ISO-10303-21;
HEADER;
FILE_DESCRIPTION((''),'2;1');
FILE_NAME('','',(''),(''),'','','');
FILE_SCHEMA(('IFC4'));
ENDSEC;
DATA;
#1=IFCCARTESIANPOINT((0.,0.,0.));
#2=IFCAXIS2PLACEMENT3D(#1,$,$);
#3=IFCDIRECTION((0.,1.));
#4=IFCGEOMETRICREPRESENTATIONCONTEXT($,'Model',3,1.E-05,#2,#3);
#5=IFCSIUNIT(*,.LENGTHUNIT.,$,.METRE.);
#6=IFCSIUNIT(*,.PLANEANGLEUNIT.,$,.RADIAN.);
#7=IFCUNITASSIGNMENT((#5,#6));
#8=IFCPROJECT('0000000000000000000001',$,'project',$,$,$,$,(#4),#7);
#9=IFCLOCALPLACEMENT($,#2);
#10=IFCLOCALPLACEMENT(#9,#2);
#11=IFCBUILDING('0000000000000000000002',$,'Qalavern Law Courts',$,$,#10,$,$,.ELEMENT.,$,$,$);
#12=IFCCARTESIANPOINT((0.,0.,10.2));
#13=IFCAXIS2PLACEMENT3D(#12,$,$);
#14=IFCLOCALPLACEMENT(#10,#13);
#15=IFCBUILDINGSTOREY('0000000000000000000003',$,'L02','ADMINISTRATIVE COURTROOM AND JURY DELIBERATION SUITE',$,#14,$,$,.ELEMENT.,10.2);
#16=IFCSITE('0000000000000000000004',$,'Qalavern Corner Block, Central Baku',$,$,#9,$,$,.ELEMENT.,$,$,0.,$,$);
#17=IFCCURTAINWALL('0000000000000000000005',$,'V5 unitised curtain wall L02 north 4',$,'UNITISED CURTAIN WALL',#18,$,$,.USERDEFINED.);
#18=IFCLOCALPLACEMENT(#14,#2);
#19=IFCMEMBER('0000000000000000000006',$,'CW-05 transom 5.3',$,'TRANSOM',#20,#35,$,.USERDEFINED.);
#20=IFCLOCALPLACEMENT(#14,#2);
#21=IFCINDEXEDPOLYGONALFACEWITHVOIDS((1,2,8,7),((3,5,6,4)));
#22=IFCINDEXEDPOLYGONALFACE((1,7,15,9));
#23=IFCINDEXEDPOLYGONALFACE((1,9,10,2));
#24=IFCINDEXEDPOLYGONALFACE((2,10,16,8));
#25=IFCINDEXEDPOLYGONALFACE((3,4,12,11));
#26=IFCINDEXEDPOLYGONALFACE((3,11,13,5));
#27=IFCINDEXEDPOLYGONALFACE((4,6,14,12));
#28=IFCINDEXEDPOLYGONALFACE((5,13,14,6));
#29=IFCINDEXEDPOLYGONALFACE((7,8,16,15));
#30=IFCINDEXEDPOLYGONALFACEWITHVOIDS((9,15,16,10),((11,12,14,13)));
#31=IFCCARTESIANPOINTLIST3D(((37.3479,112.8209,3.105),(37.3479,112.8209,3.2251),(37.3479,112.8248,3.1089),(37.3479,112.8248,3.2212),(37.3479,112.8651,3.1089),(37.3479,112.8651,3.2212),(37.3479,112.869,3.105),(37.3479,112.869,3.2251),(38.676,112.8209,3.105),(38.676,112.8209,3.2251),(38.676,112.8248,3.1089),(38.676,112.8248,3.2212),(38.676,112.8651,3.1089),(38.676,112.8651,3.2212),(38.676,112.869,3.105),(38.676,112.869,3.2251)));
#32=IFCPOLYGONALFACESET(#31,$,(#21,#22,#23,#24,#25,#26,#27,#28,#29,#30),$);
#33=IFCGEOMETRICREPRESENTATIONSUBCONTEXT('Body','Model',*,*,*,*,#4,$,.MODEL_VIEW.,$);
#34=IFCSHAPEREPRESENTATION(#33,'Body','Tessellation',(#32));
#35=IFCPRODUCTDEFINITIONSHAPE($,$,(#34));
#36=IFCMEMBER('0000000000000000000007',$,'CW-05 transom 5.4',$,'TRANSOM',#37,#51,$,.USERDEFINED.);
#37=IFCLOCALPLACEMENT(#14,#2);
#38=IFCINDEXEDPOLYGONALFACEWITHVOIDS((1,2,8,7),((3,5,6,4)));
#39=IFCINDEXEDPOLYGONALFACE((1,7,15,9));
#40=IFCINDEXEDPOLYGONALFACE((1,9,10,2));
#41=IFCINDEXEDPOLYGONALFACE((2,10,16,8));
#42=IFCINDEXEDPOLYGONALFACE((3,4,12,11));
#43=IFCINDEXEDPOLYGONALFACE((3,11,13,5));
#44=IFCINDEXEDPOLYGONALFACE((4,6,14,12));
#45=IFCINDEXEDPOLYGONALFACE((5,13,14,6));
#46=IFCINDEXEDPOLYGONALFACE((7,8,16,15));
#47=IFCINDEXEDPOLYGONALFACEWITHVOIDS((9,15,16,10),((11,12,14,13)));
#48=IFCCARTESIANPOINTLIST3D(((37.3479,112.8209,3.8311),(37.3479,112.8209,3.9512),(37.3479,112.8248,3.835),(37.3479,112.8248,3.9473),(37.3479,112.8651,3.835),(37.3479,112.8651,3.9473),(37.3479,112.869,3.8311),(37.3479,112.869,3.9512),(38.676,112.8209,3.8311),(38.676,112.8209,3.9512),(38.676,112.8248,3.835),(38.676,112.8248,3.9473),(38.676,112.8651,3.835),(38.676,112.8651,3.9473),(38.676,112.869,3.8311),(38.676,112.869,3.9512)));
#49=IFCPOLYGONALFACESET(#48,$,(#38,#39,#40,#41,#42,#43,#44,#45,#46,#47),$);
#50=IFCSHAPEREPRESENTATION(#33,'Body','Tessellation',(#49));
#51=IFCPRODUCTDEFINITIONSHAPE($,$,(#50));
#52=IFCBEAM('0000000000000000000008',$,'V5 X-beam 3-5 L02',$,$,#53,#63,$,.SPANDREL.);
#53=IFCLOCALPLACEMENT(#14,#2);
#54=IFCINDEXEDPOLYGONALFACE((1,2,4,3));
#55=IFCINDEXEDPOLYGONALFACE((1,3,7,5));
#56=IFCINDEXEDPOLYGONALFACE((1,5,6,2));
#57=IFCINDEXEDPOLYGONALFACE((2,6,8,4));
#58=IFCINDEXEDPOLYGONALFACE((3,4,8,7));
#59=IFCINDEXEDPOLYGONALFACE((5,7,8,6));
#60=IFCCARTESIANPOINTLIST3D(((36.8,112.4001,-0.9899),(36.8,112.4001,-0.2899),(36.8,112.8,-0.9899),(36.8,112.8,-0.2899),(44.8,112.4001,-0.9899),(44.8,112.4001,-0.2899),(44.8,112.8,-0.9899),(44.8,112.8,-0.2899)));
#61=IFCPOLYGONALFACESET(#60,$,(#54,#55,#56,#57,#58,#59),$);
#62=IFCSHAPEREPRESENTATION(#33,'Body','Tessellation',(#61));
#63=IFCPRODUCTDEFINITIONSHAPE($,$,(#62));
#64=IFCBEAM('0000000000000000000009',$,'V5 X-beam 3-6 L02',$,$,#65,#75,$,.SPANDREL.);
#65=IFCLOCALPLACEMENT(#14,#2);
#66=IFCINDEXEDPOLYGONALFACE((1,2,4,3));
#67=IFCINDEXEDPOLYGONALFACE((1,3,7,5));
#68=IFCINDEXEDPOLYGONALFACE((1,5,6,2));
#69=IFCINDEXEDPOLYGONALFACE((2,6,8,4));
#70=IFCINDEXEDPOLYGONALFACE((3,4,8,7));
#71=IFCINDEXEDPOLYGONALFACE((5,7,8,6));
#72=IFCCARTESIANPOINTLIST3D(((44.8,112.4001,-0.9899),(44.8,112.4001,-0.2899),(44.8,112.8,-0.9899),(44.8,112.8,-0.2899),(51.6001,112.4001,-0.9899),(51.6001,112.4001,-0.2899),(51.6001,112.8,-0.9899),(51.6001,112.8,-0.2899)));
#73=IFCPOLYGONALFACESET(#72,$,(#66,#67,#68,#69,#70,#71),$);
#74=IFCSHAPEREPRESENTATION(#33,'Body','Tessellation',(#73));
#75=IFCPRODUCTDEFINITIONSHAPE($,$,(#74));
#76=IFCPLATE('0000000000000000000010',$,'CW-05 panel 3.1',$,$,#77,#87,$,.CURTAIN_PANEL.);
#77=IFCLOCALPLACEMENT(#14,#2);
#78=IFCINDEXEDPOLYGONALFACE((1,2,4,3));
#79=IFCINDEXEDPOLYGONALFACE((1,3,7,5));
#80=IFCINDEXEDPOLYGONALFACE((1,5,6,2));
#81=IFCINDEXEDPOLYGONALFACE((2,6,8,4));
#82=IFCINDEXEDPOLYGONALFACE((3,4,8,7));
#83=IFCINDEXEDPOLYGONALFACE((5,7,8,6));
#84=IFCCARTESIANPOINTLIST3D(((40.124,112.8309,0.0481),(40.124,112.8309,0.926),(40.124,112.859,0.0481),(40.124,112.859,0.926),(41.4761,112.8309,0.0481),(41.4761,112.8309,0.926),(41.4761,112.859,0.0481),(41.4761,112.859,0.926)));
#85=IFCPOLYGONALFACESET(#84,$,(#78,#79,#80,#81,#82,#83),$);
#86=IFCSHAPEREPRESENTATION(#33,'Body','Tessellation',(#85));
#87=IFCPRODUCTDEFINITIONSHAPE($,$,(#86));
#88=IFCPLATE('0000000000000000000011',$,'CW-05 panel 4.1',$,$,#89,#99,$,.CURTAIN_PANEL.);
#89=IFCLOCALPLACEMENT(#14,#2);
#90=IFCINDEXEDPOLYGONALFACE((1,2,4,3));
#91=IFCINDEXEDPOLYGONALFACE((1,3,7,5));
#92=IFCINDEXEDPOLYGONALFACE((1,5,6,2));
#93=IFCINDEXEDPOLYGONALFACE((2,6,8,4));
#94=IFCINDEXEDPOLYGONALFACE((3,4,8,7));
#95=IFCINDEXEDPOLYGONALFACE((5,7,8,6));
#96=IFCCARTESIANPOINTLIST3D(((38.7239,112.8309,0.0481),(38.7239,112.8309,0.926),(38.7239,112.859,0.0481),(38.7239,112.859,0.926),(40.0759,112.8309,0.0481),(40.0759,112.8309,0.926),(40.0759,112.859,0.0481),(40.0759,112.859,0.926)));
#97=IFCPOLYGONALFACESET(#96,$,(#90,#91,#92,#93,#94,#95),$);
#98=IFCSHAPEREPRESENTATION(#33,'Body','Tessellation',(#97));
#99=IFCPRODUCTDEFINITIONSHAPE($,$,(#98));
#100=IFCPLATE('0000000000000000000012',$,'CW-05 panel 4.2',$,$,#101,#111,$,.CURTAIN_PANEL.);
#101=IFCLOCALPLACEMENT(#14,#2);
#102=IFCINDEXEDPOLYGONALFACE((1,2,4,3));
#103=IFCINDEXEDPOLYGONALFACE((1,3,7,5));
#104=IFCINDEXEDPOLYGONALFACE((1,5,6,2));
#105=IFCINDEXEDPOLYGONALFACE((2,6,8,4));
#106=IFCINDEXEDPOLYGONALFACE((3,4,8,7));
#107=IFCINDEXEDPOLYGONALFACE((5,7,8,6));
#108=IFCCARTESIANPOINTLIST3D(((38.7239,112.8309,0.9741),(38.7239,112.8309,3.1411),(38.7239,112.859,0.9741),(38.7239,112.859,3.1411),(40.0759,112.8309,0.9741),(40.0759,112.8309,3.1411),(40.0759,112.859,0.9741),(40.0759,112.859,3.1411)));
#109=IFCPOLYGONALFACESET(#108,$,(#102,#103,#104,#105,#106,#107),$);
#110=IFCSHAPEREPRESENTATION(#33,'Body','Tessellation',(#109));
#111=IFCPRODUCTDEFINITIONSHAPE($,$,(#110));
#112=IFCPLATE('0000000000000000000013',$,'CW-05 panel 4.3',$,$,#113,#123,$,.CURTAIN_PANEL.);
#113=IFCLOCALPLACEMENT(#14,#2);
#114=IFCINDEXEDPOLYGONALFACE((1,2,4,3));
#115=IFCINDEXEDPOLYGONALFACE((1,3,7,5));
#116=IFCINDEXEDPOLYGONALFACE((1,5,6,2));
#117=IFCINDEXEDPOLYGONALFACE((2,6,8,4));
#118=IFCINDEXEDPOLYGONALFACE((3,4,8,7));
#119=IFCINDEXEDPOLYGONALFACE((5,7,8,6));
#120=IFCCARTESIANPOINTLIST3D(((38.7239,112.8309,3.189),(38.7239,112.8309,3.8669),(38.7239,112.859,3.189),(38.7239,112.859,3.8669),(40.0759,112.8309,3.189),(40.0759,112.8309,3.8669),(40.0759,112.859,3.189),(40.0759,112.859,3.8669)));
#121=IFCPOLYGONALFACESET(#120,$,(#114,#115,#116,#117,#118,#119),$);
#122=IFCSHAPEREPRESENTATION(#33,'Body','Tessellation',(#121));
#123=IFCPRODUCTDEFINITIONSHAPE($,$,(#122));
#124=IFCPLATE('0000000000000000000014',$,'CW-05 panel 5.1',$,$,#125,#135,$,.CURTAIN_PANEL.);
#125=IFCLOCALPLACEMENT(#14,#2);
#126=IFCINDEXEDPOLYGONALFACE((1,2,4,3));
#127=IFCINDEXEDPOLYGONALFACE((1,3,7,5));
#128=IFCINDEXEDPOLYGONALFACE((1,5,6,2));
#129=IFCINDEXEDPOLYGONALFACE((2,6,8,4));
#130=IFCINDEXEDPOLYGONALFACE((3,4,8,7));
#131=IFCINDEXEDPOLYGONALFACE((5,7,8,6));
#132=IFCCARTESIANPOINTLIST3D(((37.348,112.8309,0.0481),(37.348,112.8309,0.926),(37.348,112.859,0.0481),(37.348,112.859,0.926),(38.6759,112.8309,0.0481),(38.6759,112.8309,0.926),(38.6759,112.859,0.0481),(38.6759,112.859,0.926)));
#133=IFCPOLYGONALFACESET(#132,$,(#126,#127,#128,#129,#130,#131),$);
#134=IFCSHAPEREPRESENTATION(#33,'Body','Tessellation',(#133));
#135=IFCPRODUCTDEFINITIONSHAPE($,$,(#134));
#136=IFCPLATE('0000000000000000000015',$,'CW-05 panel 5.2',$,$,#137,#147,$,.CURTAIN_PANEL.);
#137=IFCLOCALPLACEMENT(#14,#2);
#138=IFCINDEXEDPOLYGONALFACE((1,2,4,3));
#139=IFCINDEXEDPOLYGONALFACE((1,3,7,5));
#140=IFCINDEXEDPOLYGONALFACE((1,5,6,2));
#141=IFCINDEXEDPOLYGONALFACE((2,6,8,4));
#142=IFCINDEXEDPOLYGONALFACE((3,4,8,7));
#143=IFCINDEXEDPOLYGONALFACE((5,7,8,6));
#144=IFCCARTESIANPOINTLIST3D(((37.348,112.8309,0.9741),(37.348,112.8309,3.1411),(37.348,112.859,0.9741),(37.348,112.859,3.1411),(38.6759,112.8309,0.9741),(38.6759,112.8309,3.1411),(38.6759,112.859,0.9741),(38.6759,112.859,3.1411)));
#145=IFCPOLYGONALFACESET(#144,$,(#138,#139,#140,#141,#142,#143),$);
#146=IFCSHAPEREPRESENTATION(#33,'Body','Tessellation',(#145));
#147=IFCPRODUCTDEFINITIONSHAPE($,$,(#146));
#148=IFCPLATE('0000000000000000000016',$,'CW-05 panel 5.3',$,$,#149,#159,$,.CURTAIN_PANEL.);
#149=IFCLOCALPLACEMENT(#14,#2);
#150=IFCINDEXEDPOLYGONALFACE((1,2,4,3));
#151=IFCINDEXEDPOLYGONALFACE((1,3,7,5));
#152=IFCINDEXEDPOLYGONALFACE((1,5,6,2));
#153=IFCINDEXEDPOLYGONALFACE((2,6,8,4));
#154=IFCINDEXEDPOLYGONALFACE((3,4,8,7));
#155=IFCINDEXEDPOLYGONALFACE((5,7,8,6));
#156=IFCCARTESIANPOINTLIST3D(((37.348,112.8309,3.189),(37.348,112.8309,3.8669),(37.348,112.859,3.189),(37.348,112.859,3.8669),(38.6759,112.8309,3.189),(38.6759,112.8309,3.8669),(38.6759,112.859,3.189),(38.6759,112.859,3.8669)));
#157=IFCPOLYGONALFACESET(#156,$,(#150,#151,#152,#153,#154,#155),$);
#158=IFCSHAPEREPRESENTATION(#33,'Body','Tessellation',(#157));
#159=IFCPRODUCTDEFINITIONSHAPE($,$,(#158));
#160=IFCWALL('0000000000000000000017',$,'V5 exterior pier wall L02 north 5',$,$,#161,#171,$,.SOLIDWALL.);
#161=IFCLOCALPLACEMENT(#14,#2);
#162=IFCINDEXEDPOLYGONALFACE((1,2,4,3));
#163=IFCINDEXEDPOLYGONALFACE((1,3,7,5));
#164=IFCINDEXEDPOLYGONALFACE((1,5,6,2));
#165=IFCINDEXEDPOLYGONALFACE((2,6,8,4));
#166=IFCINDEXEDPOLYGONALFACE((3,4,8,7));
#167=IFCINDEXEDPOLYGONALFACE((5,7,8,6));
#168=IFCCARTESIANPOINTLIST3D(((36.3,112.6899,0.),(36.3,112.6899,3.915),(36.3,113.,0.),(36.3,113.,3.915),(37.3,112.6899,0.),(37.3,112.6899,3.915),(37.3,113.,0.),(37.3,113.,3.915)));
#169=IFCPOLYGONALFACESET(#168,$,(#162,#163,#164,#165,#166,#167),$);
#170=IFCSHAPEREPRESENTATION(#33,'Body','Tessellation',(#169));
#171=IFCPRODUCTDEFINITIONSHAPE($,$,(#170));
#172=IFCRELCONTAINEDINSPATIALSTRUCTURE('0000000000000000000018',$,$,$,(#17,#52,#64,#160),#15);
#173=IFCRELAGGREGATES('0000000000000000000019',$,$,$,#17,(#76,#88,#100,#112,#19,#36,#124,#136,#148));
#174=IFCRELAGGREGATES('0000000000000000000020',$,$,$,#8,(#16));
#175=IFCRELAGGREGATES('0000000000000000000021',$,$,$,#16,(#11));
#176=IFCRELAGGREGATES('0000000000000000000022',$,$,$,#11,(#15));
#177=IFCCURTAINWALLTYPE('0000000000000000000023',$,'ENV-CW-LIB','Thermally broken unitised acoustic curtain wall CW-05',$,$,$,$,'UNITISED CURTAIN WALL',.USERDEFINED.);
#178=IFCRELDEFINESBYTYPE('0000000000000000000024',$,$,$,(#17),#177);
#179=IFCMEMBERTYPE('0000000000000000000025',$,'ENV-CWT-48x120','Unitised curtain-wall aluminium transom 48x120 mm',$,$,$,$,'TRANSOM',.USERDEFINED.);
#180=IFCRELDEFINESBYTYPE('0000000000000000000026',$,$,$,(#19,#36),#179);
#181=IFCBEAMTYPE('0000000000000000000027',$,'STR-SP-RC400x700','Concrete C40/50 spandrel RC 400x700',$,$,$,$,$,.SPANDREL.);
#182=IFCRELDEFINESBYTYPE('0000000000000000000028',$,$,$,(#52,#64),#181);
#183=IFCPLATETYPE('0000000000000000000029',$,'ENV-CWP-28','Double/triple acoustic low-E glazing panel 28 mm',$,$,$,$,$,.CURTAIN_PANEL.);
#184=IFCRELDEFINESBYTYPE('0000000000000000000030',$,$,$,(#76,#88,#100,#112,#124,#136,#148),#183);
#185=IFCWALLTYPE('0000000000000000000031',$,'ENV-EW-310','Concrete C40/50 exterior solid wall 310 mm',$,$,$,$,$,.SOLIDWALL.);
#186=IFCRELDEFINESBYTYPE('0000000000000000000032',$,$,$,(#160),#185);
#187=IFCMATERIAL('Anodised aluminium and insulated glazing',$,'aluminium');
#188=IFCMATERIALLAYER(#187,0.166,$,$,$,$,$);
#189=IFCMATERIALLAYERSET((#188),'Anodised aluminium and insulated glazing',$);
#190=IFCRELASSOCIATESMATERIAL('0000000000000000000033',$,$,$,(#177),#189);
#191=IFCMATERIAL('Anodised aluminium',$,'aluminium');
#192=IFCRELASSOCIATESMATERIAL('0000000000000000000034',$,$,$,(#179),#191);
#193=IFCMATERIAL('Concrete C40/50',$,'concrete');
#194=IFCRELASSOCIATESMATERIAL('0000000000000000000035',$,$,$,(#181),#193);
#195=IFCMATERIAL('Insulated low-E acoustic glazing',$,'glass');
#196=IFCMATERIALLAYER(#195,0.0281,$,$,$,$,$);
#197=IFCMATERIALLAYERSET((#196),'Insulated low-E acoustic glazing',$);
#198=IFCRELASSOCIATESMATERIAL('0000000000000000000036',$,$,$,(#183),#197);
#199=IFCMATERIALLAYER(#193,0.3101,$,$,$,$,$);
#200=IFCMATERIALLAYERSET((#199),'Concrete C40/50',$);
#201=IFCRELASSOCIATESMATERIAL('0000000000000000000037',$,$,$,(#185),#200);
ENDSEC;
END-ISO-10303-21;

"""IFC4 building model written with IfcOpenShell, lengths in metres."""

from ifc_helpers import new_model, si_unit, direction, frame, frame_2d, origin, origin_2d, place, context, subcontext, project, spatial, rectangle, hollow_rectangle, extrude, material, layer, layer_set, material_profile, profile_set, type_object, element, aggregate, save


model = new_model("IFC4")

# Units and contexts
model_context = context("Model", 3, precision=1e-05, world=origin(), true_north=direction((0.0, 1.0)))
body_context = subcontext(model_context, "Body", "Model", "MODEL_VIEW")
ifc_project = project(units=[si_unit("LENGTHUNIT", "METRE"), si_unit("PLANEANGLEUNIT", "RADIAN")], contexts=[model_context])

# Site, building, storey
site_placement = place(None, origin())
site = spatial("IfcSite", under=ifc_project, at=site_placement, Name="Qalavern Corner Block, Central Baku", CompositionType="ELEMENT", RefElevation=0.0)
building_placement = place(site_placement, origin())
building = spatial("IfcBuilding", under=site, at=building_placement, Name="Qalavern Law Courts", CompositionType="ELEMENT")
storey_placement = place(building_placement, frame((0.0, 0.0, 10.2)))
storey = spatial("IfcBuildingStorey", under=building, at=storey_placement, Name="L02", Description="ADMINISTRATIVE COURTROOM AND JURY DELIBERATION SUITE", CompositionType="ELEMENT", Elevation=10.2)

# Curtain wall, members
ifc_material_1 = material(Name="Anodised aluminium and insulated glazing", Category="aluminium")
ifc_layer_1 = layer(ifc_material_1, 0.166)
ifc_layer_set_1 = layer_set([ifc_layer_1], Name="Anodised aluminium and insulated glazing")
curtain_wall_type = type_object("IfcCurtainWallType", Name="ENV-CW-LIB", Description="Thermally broken unitised acoustic curtain wall CW-05", ElementType="UNITISED CURTAIN WALL", PredefinedType="USERDEFINED", material=ifc_layer_set_1)
curtain_wall_placement = place(storey_placement, origin())
curtain_wall = element("IfcCurtainWall", 1, at=curtain_wall_placement, inside=storey, type_object=curtain_wall_type, Name="V5 unitised curtain wall L02 north 4", ObjectType="UNITISED CURTAIN WALL", PredefinedType="USERDEFINED")
ifc_material_2 = material(Name="Anodised aluminium", Category="aluminium")
ifc_material_profile_1 = material_profile(ifc_material_2, hollow_rectangle(XDim=0.0481, YDim=0.1201, WallThickness=0.0039, at=origin_2d()), Name="ALU TRANSOM 48x120")
ifc_profile_set_1 = profile_set([ifc_material_profile_1], Name="Anodised aluminium")
member_type_1 = type_object("IfcMemberType", Name="ENV-CWT-48x120", Description="Unitised curtain-wall aluminium transom 48x120 mm", ElementType="TRANSOM", PredefinedType="USERDEFINED", material=ifc_profile_set_1)
member_1_placement = place(storey_placement, frame((38.676, 112.845, 3.165), z_axis=(-1.0, 0.0, 0.0), x_axis=(0.0, -1.0, 0.0)))
member_1 = element("IfcMember", 2, at=member_1_placement, type_object=member_type_1, Name="CW-05 transom 5.3", ObjectType="TRANSOM", PredefinedType="USERDEFINED", context=body_context, shape_type="SweptSolid", body=[
    extrude(hollow_rectangle(XDim=0.0481, YDim=0.1201, WallThickness=0.0039, at=origin_2d()), origin(), (0.0, 0.0, 1.0), 1.3281),
])
member_2_placement = place(storey_placement, frame((38.676, 112.845, 3.8911), z_axis=(-1.0, 0.0, 0.0), x_axis=(0.0, -1.0, 0.0)))
member_2 = element("IfcMember", 3, at=member_2_placement, type_object=member_type_1, Name="CW-05 transom 5.4", ObjectType="TRANSOM", PredefinedType="USERDEFINED", context=body_context, shape_type="SweptSolid", body=[
    extrude(hollow_rectangle(XDim=0.0481, YDim=0.1201, WallThickness=0.0039, at=origin_2d()), origin(), (0.0, 0.0, 1.0), 1.3281),
])

# Beams
ifc_material_3 = material(Name="Concrete C40/50", Category="concrete")
ifc_material_profile_2 = material_profile(ifc_material_3, rectangle(XDim=0.3999, YDim=0.7, at=origin_2d()), Name="RC 400x700")
ifc_profile_set_2 = profile_set([ifc_material_profile_2], Name="Concrete C40/50")
beam_type = type_object("IfcBeamType", Name="STR-SP-RC400x700", Description="Concrete C40/50 spandrel RC 400x700", PredefinedType="SPANDREL", material=ifc_profile_set_2)
beam_1_placement = place(storey_placement, frame((36.8, 112.6001, -0.6399), z_axis=(1.0, 0.0, 0.0), x_axis=(0.0, 1.0, 0.0)))
element("IfcBeam", 4, at=beam_1_placement, inside=storey, type_object=beam_type, Name="V5 X-beam 3-5 L02", PredefinedType="SPANDREL", context=body_context, shape_type="SweptSolid", body=[
    extrude(rectangle(XDim=0.3999, YDim=0.7, at=origin_2d()), origin(), (0.0, 0.0, 1.0), 8.0),
])
beam_2_placement = place(storey_placement, frame((44.8, 112.6001, -0.6399), z_axis=(1.0, 0.0, 0.0), x_axis=(0.0, 1.0, 0.0)))
element("IfcBeam", 5, at=beam_2_placement, inside=storey, type_object=beam_type, Name="V5 X-beam 3-6 L02", PredefinedType="SPANDREL", context=body_context, shape_type="SweptSolid", body=[
    extrude(rectangle(XDim=0.3999, YDim=0.7, at=origin_2d()), origin(), (0.0, 0.0, 1.0), 6.8),
])

# Plates
ifc_material_4 = material(Name="Insulated low-E acoustic glazing", Category="glass")
ifc_layer_2 = layer(ifc_material_4, 0.0281)
ifc_layer_set_2 = layer_set([ifc_layer_2], Name="Insulated low-E acoustic glazing")
plate_type = type_object("IfcPlateType", Name="ENV-CWP-28", Description="Double/triple acoustic low-E glazing panel 28 mm", PredefinedType="CURTAIN_PANEL", material=ifc_layer_set_2)
plate_1_placement = place(storey_placement, frame((40.8, 112.845, 0.0481), z_axis=(0.0, 0.0, 1.0), x_axis=(-1.0, 0.0, 0.0)))
plate_1 = element("IfcPlate", 6, at=plate_1_placement, type_object=plate_type, Name="CW-05 panel 3.1", PredefinedType="CURTAIN_PANEL", context=body_context, shape_type="SweptSolid", body=[
    extrude(rectangle(XDim=1.3521, YDim=0.0281, at=origin_2d()), origin(), (0.0, 0.0, 1.0), 0.8779),
])
plate_2_placement = place(storey_placement, frame((39.3999, 112.845, 0.0481), z_axis=(0.0, 0.0, 1.0), x_axis=(-1.0, 0.0, 0.0)))
plate_2 = element("IfcPlate", 7, at=plate_2_placement, type_object=plate_type, Name="CW-05 panel 4.1", PredefinedType="CURTAIN_PANEL", context=body_context, shape_type="SweptSolid", body=[
    extrude(rectangle(XDim=1.3521, YDim=0.0281, at=origin_2d()), origin(), (0.0, 0.0, 1.0), 0.8779),
])
plate_3_placement = place(storey_placement, frame((39.3999, 112.845, 0.9741), z_axis=(0.0, 0.0, 1.0), x_axis=(-1.0, 0.0, 0.0)))
plate_3 = element("IfcPlate", 8, at=plate_3_placement, type_object=plate_type, Name="CW-05 panel 4.2", PredefinedType="CURTAIN_PANEL", context=body_context, shape_type="SweptSolid", body=[
    extrude(rectangle(XDim=1.3521, YDim=0.0281, at=origin_2d()), origin(), (0.0, 0.0, 1.0), 2.167),
])
plate_4_placement = place(storey_placement, frame((39.3999, 112.845, 3.189), z_axis=(0.0, 0.0, 1.0), x_axis=(-1.0, 0.0, 0.0)))
plate_4 = element("IfcPlate", 9, at=plate_4_placement, type_object=plate_type, Name="CW-05 panel 4.3", PredefinedType="CURTAIN_PANEL", context=body_context, shape_type="SweptSolid", body=[
    extrude(rectangle(XDim=1.3521, YDim=0.0281, at=origin_2d()), origin(), (0.0, 0.0, 1.0), 0.678),
])
plate_5_placement = place(storey_placement, frame((38.012, 112.845, 0.0481), z_axis=(0.0, 0.0, 1.0), x_axis=(-1.0, 0.0, 0.0)))
plate_5 = element("IfcPlate", 10, at=plate_5_placement, type_object=plate_type, Name="CW-05 panel 5.1", PredefinedType="CURTAIN_PANEL", context=body_context, shape_type="SweptSolid", body=[
    extrude(rectangle(XDim=1.3279, YDim=0.0281, at=origin_2d()), origin(), (0.0, 0.0, 1.0), 0.8779),
])
plate_6_placement = place(storey_placement, frame((38.012, 112.845, 0.9741), z_axis=(0.0, 0.0, 1.0), x_axis=(-1.0, 0.0, 0.0)))
plate_6 = element("IfcPlate", 11, at=plate_6_placement, type_object=plate_type, Name="CW-05 panel 5.2", PredefinedType="CURTAIN_PANEL", context=body_context, shape_type="SweptSolid", body=[
    extrude(rectangle(XDim=1.3279, YDim=0.0281, at=origin_2d()), origin(), (0.0, 0.0, 1.0), 2.167),
])
plate_7_placement = place(storey_placement, frame((38.012, 112.845, 3.189), z_axis=(0.0, 0.0, 1.0), x_axis=(-1.0, 0.0, 0.0)))
plate_7 = element("IfcPlate", 12, at=plate_7_placement, type_object=plate_type, Name="CW-05 panel 5.3", PredefinedType="CURTAIN_PANEL", context=body_context, shape_type="SweptSolid", body=[
    extrude(rectangle(XDim=1.3279, YDim=0.0281, at=origin_2d()), origin(), (0.0, 0.0, 1.0), 0.678),
])
aggregate(curtain_wall, [plate_1, plate_2, plate_3, plate_4, member_1, member_2, plate_5, plate_6, plate_7])

# Wall
ifc_layer_3 = layer(ifc_material_3, 0.3101)
ifc_layer_set_3 = layer_set([ifc_layer_3], Name="Concrete C40/50")
wall_type = type_object("IfcWallType", Name="ENV-EW-310", Description="Concrete C40/50 exterior solid wall 310 mm", PredefinedType="SOLIDWALL", material=ifc_layer_set_3)
wall_placement = place(storey_placement, frame((37.3, 112.845, 0.0), z_axis=(0.0, 0.0, 1.0), x_axis=(-1.0, 0.0, 0.0)))
element("IfcWall", 13, at=wall_placement, inside=storey, type_object=wall_type, Name="V5 exterior pier wall L02 north 5", PredefinedType="SOLIDWALL", context=body_context, shape_type="SweptSolid", body=[
    extrude(rectangle(XDim=1.0, YDim=0.3101, at=frame_2d((0.5, 0.0))), origin(), (0.0, 0.0, 1.0), 3.915),
])

save(model, "model.ifc")
